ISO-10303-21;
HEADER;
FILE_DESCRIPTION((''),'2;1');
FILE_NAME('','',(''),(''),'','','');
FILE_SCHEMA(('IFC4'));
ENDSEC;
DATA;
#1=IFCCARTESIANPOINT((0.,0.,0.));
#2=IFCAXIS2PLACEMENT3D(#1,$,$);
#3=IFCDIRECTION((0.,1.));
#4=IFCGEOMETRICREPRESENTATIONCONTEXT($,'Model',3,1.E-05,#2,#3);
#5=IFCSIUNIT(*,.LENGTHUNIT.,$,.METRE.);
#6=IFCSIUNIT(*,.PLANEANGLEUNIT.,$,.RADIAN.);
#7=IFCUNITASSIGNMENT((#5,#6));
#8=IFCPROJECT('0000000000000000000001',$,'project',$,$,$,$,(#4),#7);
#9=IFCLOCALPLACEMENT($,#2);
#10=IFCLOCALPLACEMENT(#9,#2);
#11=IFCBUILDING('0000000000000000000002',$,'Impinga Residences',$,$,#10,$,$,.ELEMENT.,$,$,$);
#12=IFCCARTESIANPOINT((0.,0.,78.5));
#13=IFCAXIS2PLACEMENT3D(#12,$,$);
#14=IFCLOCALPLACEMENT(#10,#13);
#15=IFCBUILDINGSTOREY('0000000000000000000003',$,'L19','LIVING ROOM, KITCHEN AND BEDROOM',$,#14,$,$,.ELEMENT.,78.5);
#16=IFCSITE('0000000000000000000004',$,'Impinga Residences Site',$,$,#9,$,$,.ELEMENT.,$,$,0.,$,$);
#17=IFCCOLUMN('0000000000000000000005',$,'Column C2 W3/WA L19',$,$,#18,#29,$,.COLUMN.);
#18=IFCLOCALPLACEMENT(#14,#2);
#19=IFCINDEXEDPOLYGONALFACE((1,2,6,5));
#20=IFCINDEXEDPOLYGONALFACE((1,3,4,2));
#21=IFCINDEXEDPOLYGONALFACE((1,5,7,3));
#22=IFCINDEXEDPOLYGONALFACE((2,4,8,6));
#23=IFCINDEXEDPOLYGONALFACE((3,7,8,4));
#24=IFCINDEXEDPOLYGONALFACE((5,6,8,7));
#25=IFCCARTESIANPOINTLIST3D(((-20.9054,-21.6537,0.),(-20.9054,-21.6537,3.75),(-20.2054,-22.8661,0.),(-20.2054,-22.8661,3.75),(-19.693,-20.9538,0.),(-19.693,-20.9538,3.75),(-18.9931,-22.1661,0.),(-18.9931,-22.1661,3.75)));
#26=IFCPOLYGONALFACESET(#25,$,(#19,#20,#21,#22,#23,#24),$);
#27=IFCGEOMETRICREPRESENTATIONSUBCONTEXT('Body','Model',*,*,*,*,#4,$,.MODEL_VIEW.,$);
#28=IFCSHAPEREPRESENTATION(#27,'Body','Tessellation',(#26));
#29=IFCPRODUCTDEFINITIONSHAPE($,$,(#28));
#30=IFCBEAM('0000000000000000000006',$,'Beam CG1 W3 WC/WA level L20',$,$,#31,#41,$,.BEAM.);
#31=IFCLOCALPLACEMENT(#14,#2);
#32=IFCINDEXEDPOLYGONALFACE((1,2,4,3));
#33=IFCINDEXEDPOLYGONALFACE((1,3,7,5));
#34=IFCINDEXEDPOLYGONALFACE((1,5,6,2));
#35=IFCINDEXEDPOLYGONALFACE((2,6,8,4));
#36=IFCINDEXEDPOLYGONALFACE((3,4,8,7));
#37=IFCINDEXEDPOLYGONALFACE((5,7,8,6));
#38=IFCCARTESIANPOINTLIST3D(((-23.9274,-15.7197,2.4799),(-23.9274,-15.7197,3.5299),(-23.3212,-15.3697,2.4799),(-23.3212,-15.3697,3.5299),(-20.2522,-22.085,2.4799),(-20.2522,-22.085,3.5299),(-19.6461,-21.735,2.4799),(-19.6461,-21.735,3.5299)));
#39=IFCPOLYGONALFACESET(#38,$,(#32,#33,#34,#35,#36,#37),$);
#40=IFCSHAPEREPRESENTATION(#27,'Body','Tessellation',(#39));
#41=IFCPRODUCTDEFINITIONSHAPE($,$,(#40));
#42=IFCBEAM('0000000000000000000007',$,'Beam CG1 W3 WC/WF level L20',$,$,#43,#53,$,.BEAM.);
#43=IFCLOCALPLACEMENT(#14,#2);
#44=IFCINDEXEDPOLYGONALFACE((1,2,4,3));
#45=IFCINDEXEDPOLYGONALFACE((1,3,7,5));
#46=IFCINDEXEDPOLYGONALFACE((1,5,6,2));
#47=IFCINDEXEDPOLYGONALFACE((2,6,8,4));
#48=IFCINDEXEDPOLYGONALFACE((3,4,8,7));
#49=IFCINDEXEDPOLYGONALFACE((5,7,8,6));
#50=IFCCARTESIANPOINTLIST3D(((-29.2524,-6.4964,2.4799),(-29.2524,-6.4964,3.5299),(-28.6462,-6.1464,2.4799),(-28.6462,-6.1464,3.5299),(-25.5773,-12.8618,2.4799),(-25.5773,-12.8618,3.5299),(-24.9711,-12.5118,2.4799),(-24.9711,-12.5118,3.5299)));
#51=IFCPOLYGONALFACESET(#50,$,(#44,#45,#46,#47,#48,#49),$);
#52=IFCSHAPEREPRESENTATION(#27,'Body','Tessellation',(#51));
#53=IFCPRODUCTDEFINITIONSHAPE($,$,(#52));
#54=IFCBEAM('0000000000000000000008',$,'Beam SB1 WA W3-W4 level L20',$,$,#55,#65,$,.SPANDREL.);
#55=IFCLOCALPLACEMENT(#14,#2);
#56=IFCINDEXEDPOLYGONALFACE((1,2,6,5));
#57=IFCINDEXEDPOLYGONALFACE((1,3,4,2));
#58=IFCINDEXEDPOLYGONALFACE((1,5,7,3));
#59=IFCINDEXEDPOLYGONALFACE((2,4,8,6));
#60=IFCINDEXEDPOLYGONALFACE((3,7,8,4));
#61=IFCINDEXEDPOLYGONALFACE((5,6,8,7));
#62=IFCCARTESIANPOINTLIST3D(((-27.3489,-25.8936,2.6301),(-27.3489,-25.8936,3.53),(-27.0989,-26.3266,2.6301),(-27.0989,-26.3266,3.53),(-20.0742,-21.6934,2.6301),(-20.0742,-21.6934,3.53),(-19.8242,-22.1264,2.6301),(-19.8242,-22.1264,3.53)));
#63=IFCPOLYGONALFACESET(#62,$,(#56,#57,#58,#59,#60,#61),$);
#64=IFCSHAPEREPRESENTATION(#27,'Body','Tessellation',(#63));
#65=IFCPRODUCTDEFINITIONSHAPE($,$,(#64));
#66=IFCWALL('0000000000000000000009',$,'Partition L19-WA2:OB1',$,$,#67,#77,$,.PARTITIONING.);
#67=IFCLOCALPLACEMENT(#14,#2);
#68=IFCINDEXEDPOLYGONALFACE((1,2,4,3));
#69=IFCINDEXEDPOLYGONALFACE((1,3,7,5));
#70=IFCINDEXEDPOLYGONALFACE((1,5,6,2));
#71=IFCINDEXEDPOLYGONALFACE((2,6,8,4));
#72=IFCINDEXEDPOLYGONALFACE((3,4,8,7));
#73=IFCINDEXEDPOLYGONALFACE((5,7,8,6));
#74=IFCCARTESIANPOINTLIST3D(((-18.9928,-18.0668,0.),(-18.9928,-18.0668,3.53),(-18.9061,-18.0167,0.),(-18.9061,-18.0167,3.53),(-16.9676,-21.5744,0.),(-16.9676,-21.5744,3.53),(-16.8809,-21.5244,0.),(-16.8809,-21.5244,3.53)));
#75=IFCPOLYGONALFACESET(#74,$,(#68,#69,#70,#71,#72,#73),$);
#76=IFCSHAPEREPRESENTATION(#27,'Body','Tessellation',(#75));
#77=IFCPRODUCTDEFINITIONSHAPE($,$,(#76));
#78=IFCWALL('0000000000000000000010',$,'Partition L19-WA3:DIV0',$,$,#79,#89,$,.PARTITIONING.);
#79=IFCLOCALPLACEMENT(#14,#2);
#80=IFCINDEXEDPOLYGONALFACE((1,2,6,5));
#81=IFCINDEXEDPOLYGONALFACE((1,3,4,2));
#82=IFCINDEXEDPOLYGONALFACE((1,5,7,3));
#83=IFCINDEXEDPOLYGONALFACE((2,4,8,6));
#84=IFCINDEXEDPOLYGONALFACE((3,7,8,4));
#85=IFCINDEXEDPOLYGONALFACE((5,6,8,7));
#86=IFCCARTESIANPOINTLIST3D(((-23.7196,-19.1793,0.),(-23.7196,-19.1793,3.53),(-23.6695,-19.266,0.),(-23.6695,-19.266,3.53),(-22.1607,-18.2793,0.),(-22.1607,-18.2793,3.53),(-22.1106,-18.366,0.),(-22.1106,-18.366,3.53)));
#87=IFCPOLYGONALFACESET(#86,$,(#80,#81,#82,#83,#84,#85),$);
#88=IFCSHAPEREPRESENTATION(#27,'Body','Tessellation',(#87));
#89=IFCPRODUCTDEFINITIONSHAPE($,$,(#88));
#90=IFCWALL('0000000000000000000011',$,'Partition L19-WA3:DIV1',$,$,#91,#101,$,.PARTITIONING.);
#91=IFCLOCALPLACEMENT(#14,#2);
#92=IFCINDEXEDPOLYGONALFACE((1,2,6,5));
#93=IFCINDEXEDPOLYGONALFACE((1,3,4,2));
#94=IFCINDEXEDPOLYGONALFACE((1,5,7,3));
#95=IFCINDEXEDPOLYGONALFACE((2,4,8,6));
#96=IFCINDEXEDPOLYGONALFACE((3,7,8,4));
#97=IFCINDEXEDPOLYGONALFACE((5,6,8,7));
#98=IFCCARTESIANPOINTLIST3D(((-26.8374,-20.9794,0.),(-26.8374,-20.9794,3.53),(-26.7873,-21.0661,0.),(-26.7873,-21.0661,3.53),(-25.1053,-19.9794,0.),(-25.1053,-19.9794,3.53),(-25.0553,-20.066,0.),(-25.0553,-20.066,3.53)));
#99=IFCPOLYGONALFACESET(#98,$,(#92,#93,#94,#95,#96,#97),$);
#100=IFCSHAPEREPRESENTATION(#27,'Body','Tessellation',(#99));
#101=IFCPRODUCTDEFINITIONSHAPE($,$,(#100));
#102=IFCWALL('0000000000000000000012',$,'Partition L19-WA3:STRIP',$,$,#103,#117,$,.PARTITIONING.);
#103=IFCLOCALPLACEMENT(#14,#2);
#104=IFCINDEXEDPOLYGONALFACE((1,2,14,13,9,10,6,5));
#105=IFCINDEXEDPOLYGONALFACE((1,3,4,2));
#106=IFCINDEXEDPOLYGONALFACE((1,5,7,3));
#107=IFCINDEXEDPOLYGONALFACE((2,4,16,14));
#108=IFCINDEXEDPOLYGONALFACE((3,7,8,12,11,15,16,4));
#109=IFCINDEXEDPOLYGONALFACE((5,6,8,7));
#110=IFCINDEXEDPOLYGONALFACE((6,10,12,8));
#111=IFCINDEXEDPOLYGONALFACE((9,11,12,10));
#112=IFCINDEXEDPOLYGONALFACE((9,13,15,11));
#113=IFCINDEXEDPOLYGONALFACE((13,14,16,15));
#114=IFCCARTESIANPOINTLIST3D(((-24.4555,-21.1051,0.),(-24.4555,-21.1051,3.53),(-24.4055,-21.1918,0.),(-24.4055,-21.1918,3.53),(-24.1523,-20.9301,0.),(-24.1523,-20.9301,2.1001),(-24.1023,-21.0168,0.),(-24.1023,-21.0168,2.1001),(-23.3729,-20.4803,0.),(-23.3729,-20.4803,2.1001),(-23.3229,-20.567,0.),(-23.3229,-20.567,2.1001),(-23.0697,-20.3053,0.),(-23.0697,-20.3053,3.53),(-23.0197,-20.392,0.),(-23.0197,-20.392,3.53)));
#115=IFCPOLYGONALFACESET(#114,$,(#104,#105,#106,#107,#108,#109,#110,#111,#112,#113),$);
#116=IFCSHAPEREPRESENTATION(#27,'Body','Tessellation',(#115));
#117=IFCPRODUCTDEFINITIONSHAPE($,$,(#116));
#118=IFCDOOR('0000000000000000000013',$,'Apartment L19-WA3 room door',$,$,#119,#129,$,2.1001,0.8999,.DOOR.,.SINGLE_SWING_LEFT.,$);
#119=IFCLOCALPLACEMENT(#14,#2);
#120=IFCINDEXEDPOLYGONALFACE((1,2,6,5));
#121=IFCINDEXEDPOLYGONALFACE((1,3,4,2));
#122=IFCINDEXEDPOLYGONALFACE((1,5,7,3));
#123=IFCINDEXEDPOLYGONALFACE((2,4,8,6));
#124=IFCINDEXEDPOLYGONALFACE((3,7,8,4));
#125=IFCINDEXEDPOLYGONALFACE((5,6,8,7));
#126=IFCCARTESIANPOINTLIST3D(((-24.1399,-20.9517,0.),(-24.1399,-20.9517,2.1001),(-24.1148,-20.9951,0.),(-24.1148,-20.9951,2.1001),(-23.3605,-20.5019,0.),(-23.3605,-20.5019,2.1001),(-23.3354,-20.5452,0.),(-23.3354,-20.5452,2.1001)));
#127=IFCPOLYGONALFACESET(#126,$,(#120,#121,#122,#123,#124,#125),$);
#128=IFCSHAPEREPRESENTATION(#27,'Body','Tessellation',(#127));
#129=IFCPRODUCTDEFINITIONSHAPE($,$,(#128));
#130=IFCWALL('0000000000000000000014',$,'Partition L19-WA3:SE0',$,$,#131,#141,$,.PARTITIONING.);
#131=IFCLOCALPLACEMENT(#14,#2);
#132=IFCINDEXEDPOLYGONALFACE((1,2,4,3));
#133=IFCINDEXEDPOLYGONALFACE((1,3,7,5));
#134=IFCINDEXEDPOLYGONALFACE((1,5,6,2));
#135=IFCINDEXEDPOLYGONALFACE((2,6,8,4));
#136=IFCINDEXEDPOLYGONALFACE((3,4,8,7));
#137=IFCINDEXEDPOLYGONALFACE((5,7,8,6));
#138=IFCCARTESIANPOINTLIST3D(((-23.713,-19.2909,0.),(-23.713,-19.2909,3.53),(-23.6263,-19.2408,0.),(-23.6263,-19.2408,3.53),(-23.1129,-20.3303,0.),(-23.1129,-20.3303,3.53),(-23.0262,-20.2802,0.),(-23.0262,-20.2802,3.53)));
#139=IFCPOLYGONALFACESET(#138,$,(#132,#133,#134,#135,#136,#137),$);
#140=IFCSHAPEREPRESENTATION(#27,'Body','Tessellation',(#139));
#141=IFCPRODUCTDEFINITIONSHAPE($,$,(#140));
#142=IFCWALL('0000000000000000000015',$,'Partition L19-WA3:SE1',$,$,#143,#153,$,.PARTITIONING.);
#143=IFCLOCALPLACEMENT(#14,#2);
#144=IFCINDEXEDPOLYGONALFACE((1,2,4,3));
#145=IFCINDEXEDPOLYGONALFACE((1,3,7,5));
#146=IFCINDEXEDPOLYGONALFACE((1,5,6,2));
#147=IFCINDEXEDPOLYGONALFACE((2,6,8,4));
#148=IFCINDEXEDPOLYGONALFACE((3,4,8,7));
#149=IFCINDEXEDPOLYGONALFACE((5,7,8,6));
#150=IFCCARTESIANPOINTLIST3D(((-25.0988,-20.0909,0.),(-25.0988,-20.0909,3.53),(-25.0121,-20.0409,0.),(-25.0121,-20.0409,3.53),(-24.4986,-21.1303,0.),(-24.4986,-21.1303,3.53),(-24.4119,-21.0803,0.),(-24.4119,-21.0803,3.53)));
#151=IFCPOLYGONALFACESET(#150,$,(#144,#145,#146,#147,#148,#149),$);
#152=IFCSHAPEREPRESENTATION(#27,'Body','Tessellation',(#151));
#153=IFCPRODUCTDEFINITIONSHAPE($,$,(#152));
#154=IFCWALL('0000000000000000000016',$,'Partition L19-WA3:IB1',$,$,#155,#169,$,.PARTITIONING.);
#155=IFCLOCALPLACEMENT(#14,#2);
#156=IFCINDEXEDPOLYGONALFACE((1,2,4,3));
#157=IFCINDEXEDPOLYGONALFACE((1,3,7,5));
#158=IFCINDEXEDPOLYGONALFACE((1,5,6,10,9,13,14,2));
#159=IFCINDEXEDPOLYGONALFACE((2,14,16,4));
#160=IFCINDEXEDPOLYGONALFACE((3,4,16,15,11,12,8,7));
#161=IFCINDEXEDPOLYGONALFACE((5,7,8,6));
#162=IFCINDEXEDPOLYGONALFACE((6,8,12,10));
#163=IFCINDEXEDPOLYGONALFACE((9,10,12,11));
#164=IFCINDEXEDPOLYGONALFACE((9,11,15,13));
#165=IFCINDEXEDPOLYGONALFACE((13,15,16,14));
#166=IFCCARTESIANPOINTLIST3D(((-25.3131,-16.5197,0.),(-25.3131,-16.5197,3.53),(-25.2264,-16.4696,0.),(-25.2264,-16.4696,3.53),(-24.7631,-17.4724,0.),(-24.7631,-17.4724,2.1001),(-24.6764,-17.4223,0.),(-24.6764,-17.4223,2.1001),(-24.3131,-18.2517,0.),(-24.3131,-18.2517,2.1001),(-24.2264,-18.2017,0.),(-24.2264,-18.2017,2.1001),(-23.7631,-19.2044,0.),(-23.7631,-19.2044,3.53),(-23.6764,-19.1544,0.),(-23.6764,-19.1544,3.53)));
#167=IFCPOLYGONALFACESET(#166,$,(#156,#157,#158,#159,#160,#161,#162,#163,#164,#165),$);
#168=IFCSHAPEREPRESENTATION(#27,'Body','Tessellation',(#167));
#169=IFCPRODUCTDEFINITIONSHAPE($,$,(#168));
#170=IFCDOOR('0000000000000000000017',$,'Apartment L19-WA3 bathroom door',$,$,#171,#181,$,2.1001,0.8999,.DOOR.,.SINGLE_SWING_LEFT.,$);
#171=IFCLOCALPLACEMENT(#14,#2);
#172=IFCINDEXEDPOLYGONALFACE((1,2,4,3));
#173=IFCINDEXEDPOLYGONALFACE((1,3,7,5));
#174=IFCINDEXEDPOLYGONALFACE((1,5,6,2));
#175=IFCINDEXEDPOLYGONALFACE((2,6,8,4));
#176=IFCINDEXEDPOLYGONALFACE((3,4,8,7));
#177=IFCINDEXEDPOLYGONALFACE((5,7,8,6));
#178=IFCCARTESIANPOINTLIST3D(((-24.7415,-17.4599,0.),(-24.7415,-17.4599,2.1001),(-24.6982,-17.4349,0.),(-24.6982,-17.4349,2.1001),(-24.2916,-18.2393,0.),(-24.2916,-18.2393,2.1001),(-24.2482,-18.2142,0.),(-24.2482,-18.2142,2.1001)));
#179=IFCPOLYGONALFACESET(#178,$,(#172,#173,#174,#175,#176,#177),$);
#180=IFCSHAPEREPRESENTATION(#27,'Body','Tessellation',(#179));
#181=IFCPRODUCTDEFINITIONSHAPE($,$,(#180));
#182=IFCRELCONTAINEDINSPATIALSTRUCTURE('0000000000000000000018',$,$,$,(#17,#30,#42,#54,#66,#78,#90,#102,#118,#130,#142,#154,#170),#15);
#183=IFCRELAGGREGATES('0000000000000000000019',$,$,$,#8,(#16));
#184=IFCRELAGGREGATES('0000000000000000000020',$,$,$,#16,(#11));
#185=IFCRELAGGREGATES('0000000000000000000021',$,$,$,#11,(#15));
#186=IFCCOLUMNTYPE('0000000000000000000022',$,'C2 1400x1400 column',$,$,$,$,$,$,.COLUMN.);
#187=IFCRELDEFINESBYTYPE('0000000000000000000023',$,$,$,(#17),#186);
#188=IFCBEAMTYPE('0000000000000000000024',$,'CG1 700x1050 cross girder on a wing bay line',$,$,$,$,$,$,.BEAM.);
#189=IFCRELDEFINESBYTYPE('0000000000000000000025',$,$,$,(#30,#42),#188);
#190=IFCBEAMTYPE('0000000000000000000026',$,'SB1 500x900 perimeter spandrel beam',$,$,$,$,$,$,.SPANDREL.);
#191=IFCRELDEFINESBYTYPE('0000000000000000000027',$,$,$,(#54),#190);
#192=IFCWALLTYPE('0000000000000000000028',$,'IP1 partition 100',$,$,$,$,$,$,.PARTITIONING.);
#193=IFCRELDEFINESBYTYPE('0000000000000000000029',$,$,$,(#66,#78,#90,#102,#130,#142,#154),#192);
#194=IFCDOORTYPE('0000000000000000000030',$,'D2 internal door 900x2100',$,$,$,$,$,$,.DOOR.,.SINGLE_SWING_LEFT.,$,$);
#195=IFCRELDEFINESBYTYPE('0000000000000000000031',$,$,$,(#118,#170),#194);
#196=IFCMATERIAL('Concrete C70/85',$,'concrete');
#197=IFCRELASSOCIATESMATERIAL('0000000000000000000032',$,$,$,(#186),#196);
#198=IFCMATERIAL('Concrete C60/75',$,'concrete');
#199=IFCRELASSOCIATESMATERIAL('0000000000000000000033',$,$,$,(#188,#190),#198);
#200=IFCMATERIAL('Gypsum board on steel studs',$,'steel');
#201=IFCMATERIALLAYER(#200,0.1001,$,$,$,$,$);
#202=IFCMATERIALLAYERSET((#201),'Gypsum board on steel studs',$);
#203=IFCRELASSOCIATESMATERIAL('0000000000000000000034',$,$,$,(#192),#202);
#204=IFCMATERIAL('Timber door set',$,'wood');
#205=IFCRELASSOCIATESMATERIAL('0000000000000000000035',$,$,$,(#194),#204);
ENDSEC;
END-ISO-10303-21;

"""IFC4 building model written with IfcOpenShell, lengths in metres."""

from ifc_helpers import new_model, si_unit, direction, frame, frame_2d, origin, origin_2d, place, context, subcontext, project, spatial, rectangle, extrude, material, layer, layer_set, material_profile, profile_set, type_object, element, fill, save


model = new_model("IFC4")

# Units and contexts
model_context = context("Model", 3, precision=1e-05, world=origin(), true_north=direction((0.0, 1.0)))
body_context = subcontext(model_context, "Body", "Model", "MODEL_VIEW")
ifc_project = project(units=[si_unit("LENGTHUNIT", "METRE"), si_unit("PLANEANGLEUNIT", "RADIAN")], contexts=[model_context])

# Site, building, storey
site_placement = place(None, origin())
site = spatial("IfcSite", under=ifc_project, at=site_placement, Name="Impinga Residences Site", CompositionType="ELEMENT", RefElevation=0.0)
building_placement = place(site_placement, origin())
building = spatial("IfcBuilding", under=site, at=building_placement, Name="Impinga Residences", CompositionType="ELEMENT")
storey_placement = place(building_placement, frame((0.0, 0.0, 78.5)))
storey = spatial("IfcBuildingStorey", under=building, at=storey_placement, Name="L19", Description="LIVING ROOM, KITCHEN AND BEDROOM", CompositionType="ELEMENT", Elevation=78.5)

# Column
ifc_material_1 = material(Name="Concrete C70/85", Category="concrete")
ifc_material_profile_1 = material_profile(ifc_material_1, rectangle(XDim=1.3999, YDim=1.3999, at=origin_2d()), Name="RC 1400x1400")
ifc_profile_set_1 = profile_set([ifc_material_profile_1], Name="Concrete C70/85")
column_type = type_object("IfcColumnType", Name="C2 1400x1400 column", PredefinedType="COLUMN", material=ifc_profile_set_1)
column_placement = place(storey_placement, frame((-19.9492, -21.9099, 0.0), z_axis=(0.0, 0.0, 1.0), x_axis=(-0.5, 0.866025, 0.0)))
element("IfcColumn", 1, at=column_placement, inside=storey, type_object=column_type, Name="Column C2 W3/WA L19", PredefinedType="COLUMN", context=body_context, shape_type="SweptSolid", body=[
    extrude(rectangle(XDim=1.3999, YDim=1.3999, at=origin_2d()), origin(), (0.0, 0.0, 1.0), 3.75),
])

# Beams
ifc_material_2 = material(Name="Concrete C60/75", Category="concrete")
ifc_material_profile_2 = material_profile(ifc_material_2, rectangle(XDim=0.7, YDim=1.05, at=origin_2d()), Name="RC 700x1050")
ifc_profile_set_2 = profile_set([ifc_material_profile_2], Name="Concrete C60/75")
beam_type_1 = type_object("IfcBeamType", Name="CG1 700x1050 cross girder on a wing bay line", PredefinedType="BEAM", material=ifc_profile_set_2)
for number, where, z_axis, x_axis, name in (
    (2, (-23.6243, -15.5447, 3.0049), (0.500008, -0.866021, 0.0), (0.866021, 0.500008, 0.0), "Beam CG1 W3 WC/WA level L20"),
    (3, (-25.2742, -12.6868, 3.0049), (-0.500008, 0.866021, 0.0), (-0.866021, -0.500008, 0.0), "Beam CG1 W3 WC/WF level L20"),
):
    element("IfcBeam", number, at=place(storey_placement, frame(where, z_axis=z_axis, x_axis=x_axis)), inside=storey, type_object=beam_type_1, Name=name, PredefinedType="BEAM", context=body_context, shape_type="SweptSolid", body=[
        extrude(rectangle(XDim=0.7, YDim=1.05, at=origin_2d()), origin(), (0.0, 0.0, 1.0), 7.3501),
    ])
ifc_material_profile_3 = material_profile(ifc_material_2, rectangle(XDim=0.5, YDim=0.8999, at=origin_2d()), Name="RC 500x900")
ifc_profile_set_3 = profile_set([ifc_material_profile_3], Name="Concrete C60/75")
beam_type_2 = type_object("IfcBeamType", Name="SB1 500x900 perimeter spandrel beam", PredefinedType="SPANDREL", material=ifc_profile_set_3)
beam_placement = place(storey_placement, frame((-19.9492, -21.9099, 3.0801), z_axis=(-0.866017, -0.500015, 0.0), x_axis=(0.500015, -0.866017, 0.0)))
element("IfcBeam", 4, at=beam_placement, inside=storey, type_object=beam_type_2, Name="Beam SB1 WA W3-W4 level L20", PredefinedType="SPANDREL", context=body_context, shape_type="SweptSolid", body=[
    extrude(rectangle(XDim=0.5, YDim=0.8999, at=origin_2d()), origin(), (0.0, 0.0, 1.0), 8.4001),
])

# Walls
ifc_material_3 = material(Name="Gypsum board on steel studs", Category="steel")
ifc_layer_1 = layer(ifc_material_3, 0.1001)
ifc_layer_set_1 = layer_set([ifc_layer_1], Name="Gypsum board on steel studs")
wall_type_1 = type_object("IfcWallType", Name="IP1 partition 100", PredefinedType="PARTITIONING", material=ifc_layer_set_1)
wall_1_placement = place(storey_placement, frame((-18.9495, -18.0417, 0.0), z_axis=(0.0, 0.0, 1.0), x_axis=(0.500009, -0.86602, 0.0)))
element("IfcWall", 5, at=wall_1_placement, inside=storey, type_object=wall_type_1, Name="Partition L19-WA2:OB1", PredefinedType="PARTITIONING", context=body_context, shape_type="SweptSolid", body=[
    extrude(rectangle(XDim=4.0503, YDim=0.1001, at=frame_2d((2.0251, 0.0))), origin(), (0.0, 0.0, 1.0), 3.53),
])
wall_2_placement = place(storey_placement, frame((-22.1357, -18.3228, 0.0), z_axis=(0.0, 0.0, 1.0), x_axis=(-0.866048, -0.499961, 0.0)))
element("IfcWall", 6, at=wall_2_placement, inside=storey, type_object=wall_type_1, Name="Partition L19-WA3:DIV0", PredefinedType="PARTITIONING", context=body_context, shape_type="SweptSolid", body=[
    extrude(rectangle(XDim=1.8, YDim=0.1001, at=frame_2d((0.8999, 0.0))), origin(), (0.0, 0.0, 1.0), 3.53),
])
wall_3_placement = place(storey_placement, frame((-25.0803, -20.0227, 0.0), z_axis=(0.0, 0.0, 1.0), x_axis=(-0.866011, -0.500025, 0.0)))
element("IfcWall", 7, at=wall_3_placement, inside=storey, type_object=wall_type_1, Name="Partition L19-WA3:DIV1", PredefinedType="PARTITIONING", context=body_context, shape_type="SweptSolid", body=[
    extrude(rectangle(XDim=2.0, YDim=0.1001, at=frame_2d((1.0, 0.0))), origin(), (0.0, 0.0, 1.0), 3.53),
])

# Wall, opening, door
wall_4_placement = place(storey_placement, frame((-23.0447, -20.3486, 0.0), z_axis=(0.0, 0.0, 1.0), x_axis=(-0.866094, -0.499881, 0.0)))
wall_4 = element("IfcWall", 8, at=wall_4_placement, inside=storey, type_object=wall_type_1, Name="Partition L19-WA3:STRIP", PredefinedType="PARTITIONING", context=body_context, shape_type="SweptSolid", body=[
    extrude(rectangle(XDim=1.6001, YDim=0.1001, at=frame_2d((0.8, 0.0))), origin(), (0.0, 0.0, 1.0), 3.53),
])
opening_1_placement = place(wall_4_placement, frame((0.3501, 0.0, 0.0)))
opening_1 = element("IfcOpeningElement", 9, at=opening_1_placement, cuts=wall_4, PredefinedType="OPENING", context=body_context, shape_type="SweptSolid", body=[
    extrude(rectangle(XDim=0.8999, YDim=2.1001, at=frame_2d((0.45, 1.05))), frame((0.0, 0.0601, 0.0), z_axis=(0.0, -1.0, 0.0), x_axis=(1.0, 0.0, 0.0)), (0.0, 0.0, 1.0), 0.1201),
])
ifc_material_4 = material(Name="Timber door set", Category="wood")
door_type = type_object("IfcDoorType", Name="D2 internal door 900x2100", OperationType="SINGLE_SWING_LEFT", PredefinedType="DOOR", material=ifc_material_4)
door_1_placement = place(opening_1_placement, origin())
door_1 = element("IfcDoor", 10, at=door_1_placement, inside=storey, type_object=door_type, Name="Apartment L19-WA3 room door", OperationType="SINGLE_SWING_LEFT", OverallHeight=2.1001, OverallWidth=0.8999, PredefinedType="DOOR", context=body_context, shape_type="SweptSolid", body=[
    extrude(rectangle(XDim=0.8999, YDim=2.1001, at=frame_2d((0.45, 1.05))), frame((0.0, 0.0249, 0.0), z_axis=(0.0, -1.0, 0.0), x_axis=(1.0, 0.0, 0.0)), (0.0, 0.0, 1.0), 0.05),
])
fill(opening_1, door_1)

# Walls
for number, where, z_axis, x_axis, name in (
    (11, (-23.6697, -19.2659, 0.0), (0.0, 0.0, 1.0), (0.500034, -0.866006, 0.0), "Partition L19-WA3:SE0"),
    (12, (-25.0554, -20.0659, 0.0), (0.0, 0.0, 1.0), (0.500034, -0.866006, 0.0), "Partition L19-WA3:SE1"),
):
    element("IfcWall", number, at=place(storey_placement, frame(where, z_axis=z_axis, x_axis=x_axis)), inside=storey, type_object=wall_type_1, Name=name, PredefinedType="PARTITIONING", context=body_context, shape_type="SweptSolid", body=[
        extrude(rectangle(XDim=1.2002, YDim=0.1001, at=frame_2d((0.6001, 0.0))), origin(), (0.0, 0.0, 1.0), 3.53),
    ])

# Wall, opening, door
wall_5_placement = place(storey_placement, frame((-25.2698, -16.4946, 0.0), z_axis=(0.0, 0.0, 1.0), x_axis=(0.499993, -0.86603, 0.0)))
wall_5 = element("IfcWall", 13, at=wall_5_placement, inside=storey, type_object=wall_type_1, Name="Partition L19-WA3:IB1", PredefinedType="PARTITIONING", context=body_context, shape_type="SweptSolid", body=[
    extrude(rectangle(XDim=3.1001, YDim=0.1001, at=frame_2d((1.55, 0.0))), origin(), (0.0, 0.0, 1.0), 3.53),
])
opening_2_placement = place(wall_5_placement, frame((1.1001, 0.0, 0.0)))
opening_2 = element("IfcOpeningElement", 14, at=opening_2_placement, cuts=wall_5, PredefinedType="OPENING", context=body_context, shape_type="SweptSolid", body=[
    extrude(rectangle(XDim=0.8999, YDim=2.1001, at=frame_2d((0.45, 1.05))), frame((0.0, 0.0601, 0.0), z_axis=(0.0, -1.0, 0.0), x_axis=(1.0, 0.0, 0.0)), (0.0, 0.0, 1.0), 0.1201),
])
door_2_placement = place(opening_2_placement, origin())
door_2 = element("IfcDoor", 15, at=door_2_placement, inside=storey, type_object=door_type, Name="Apartment L19-WA3 bathroom door", OperationType="SINGLE_SWING_LEFT", OverallHeight=2.1001, OverallWidth=0.8999, PredefinedType="DOOR", context=body_context, shape_type="SweptSolid", body=[
    extrude(rectangle(XDim=0.8999, YDim=2.1001, at=frame_2d((0.45, 1.05))), frame((0.0, 0.0249, 0.0), z_axis=(0.0, -1.0, 0.0), x_axis=(1.0, 0.0, 0.0)), (0.0, 0.0, 1.0), 0.05),
])
fill(opening_2, door_2)

save(model, "model.ifc")
